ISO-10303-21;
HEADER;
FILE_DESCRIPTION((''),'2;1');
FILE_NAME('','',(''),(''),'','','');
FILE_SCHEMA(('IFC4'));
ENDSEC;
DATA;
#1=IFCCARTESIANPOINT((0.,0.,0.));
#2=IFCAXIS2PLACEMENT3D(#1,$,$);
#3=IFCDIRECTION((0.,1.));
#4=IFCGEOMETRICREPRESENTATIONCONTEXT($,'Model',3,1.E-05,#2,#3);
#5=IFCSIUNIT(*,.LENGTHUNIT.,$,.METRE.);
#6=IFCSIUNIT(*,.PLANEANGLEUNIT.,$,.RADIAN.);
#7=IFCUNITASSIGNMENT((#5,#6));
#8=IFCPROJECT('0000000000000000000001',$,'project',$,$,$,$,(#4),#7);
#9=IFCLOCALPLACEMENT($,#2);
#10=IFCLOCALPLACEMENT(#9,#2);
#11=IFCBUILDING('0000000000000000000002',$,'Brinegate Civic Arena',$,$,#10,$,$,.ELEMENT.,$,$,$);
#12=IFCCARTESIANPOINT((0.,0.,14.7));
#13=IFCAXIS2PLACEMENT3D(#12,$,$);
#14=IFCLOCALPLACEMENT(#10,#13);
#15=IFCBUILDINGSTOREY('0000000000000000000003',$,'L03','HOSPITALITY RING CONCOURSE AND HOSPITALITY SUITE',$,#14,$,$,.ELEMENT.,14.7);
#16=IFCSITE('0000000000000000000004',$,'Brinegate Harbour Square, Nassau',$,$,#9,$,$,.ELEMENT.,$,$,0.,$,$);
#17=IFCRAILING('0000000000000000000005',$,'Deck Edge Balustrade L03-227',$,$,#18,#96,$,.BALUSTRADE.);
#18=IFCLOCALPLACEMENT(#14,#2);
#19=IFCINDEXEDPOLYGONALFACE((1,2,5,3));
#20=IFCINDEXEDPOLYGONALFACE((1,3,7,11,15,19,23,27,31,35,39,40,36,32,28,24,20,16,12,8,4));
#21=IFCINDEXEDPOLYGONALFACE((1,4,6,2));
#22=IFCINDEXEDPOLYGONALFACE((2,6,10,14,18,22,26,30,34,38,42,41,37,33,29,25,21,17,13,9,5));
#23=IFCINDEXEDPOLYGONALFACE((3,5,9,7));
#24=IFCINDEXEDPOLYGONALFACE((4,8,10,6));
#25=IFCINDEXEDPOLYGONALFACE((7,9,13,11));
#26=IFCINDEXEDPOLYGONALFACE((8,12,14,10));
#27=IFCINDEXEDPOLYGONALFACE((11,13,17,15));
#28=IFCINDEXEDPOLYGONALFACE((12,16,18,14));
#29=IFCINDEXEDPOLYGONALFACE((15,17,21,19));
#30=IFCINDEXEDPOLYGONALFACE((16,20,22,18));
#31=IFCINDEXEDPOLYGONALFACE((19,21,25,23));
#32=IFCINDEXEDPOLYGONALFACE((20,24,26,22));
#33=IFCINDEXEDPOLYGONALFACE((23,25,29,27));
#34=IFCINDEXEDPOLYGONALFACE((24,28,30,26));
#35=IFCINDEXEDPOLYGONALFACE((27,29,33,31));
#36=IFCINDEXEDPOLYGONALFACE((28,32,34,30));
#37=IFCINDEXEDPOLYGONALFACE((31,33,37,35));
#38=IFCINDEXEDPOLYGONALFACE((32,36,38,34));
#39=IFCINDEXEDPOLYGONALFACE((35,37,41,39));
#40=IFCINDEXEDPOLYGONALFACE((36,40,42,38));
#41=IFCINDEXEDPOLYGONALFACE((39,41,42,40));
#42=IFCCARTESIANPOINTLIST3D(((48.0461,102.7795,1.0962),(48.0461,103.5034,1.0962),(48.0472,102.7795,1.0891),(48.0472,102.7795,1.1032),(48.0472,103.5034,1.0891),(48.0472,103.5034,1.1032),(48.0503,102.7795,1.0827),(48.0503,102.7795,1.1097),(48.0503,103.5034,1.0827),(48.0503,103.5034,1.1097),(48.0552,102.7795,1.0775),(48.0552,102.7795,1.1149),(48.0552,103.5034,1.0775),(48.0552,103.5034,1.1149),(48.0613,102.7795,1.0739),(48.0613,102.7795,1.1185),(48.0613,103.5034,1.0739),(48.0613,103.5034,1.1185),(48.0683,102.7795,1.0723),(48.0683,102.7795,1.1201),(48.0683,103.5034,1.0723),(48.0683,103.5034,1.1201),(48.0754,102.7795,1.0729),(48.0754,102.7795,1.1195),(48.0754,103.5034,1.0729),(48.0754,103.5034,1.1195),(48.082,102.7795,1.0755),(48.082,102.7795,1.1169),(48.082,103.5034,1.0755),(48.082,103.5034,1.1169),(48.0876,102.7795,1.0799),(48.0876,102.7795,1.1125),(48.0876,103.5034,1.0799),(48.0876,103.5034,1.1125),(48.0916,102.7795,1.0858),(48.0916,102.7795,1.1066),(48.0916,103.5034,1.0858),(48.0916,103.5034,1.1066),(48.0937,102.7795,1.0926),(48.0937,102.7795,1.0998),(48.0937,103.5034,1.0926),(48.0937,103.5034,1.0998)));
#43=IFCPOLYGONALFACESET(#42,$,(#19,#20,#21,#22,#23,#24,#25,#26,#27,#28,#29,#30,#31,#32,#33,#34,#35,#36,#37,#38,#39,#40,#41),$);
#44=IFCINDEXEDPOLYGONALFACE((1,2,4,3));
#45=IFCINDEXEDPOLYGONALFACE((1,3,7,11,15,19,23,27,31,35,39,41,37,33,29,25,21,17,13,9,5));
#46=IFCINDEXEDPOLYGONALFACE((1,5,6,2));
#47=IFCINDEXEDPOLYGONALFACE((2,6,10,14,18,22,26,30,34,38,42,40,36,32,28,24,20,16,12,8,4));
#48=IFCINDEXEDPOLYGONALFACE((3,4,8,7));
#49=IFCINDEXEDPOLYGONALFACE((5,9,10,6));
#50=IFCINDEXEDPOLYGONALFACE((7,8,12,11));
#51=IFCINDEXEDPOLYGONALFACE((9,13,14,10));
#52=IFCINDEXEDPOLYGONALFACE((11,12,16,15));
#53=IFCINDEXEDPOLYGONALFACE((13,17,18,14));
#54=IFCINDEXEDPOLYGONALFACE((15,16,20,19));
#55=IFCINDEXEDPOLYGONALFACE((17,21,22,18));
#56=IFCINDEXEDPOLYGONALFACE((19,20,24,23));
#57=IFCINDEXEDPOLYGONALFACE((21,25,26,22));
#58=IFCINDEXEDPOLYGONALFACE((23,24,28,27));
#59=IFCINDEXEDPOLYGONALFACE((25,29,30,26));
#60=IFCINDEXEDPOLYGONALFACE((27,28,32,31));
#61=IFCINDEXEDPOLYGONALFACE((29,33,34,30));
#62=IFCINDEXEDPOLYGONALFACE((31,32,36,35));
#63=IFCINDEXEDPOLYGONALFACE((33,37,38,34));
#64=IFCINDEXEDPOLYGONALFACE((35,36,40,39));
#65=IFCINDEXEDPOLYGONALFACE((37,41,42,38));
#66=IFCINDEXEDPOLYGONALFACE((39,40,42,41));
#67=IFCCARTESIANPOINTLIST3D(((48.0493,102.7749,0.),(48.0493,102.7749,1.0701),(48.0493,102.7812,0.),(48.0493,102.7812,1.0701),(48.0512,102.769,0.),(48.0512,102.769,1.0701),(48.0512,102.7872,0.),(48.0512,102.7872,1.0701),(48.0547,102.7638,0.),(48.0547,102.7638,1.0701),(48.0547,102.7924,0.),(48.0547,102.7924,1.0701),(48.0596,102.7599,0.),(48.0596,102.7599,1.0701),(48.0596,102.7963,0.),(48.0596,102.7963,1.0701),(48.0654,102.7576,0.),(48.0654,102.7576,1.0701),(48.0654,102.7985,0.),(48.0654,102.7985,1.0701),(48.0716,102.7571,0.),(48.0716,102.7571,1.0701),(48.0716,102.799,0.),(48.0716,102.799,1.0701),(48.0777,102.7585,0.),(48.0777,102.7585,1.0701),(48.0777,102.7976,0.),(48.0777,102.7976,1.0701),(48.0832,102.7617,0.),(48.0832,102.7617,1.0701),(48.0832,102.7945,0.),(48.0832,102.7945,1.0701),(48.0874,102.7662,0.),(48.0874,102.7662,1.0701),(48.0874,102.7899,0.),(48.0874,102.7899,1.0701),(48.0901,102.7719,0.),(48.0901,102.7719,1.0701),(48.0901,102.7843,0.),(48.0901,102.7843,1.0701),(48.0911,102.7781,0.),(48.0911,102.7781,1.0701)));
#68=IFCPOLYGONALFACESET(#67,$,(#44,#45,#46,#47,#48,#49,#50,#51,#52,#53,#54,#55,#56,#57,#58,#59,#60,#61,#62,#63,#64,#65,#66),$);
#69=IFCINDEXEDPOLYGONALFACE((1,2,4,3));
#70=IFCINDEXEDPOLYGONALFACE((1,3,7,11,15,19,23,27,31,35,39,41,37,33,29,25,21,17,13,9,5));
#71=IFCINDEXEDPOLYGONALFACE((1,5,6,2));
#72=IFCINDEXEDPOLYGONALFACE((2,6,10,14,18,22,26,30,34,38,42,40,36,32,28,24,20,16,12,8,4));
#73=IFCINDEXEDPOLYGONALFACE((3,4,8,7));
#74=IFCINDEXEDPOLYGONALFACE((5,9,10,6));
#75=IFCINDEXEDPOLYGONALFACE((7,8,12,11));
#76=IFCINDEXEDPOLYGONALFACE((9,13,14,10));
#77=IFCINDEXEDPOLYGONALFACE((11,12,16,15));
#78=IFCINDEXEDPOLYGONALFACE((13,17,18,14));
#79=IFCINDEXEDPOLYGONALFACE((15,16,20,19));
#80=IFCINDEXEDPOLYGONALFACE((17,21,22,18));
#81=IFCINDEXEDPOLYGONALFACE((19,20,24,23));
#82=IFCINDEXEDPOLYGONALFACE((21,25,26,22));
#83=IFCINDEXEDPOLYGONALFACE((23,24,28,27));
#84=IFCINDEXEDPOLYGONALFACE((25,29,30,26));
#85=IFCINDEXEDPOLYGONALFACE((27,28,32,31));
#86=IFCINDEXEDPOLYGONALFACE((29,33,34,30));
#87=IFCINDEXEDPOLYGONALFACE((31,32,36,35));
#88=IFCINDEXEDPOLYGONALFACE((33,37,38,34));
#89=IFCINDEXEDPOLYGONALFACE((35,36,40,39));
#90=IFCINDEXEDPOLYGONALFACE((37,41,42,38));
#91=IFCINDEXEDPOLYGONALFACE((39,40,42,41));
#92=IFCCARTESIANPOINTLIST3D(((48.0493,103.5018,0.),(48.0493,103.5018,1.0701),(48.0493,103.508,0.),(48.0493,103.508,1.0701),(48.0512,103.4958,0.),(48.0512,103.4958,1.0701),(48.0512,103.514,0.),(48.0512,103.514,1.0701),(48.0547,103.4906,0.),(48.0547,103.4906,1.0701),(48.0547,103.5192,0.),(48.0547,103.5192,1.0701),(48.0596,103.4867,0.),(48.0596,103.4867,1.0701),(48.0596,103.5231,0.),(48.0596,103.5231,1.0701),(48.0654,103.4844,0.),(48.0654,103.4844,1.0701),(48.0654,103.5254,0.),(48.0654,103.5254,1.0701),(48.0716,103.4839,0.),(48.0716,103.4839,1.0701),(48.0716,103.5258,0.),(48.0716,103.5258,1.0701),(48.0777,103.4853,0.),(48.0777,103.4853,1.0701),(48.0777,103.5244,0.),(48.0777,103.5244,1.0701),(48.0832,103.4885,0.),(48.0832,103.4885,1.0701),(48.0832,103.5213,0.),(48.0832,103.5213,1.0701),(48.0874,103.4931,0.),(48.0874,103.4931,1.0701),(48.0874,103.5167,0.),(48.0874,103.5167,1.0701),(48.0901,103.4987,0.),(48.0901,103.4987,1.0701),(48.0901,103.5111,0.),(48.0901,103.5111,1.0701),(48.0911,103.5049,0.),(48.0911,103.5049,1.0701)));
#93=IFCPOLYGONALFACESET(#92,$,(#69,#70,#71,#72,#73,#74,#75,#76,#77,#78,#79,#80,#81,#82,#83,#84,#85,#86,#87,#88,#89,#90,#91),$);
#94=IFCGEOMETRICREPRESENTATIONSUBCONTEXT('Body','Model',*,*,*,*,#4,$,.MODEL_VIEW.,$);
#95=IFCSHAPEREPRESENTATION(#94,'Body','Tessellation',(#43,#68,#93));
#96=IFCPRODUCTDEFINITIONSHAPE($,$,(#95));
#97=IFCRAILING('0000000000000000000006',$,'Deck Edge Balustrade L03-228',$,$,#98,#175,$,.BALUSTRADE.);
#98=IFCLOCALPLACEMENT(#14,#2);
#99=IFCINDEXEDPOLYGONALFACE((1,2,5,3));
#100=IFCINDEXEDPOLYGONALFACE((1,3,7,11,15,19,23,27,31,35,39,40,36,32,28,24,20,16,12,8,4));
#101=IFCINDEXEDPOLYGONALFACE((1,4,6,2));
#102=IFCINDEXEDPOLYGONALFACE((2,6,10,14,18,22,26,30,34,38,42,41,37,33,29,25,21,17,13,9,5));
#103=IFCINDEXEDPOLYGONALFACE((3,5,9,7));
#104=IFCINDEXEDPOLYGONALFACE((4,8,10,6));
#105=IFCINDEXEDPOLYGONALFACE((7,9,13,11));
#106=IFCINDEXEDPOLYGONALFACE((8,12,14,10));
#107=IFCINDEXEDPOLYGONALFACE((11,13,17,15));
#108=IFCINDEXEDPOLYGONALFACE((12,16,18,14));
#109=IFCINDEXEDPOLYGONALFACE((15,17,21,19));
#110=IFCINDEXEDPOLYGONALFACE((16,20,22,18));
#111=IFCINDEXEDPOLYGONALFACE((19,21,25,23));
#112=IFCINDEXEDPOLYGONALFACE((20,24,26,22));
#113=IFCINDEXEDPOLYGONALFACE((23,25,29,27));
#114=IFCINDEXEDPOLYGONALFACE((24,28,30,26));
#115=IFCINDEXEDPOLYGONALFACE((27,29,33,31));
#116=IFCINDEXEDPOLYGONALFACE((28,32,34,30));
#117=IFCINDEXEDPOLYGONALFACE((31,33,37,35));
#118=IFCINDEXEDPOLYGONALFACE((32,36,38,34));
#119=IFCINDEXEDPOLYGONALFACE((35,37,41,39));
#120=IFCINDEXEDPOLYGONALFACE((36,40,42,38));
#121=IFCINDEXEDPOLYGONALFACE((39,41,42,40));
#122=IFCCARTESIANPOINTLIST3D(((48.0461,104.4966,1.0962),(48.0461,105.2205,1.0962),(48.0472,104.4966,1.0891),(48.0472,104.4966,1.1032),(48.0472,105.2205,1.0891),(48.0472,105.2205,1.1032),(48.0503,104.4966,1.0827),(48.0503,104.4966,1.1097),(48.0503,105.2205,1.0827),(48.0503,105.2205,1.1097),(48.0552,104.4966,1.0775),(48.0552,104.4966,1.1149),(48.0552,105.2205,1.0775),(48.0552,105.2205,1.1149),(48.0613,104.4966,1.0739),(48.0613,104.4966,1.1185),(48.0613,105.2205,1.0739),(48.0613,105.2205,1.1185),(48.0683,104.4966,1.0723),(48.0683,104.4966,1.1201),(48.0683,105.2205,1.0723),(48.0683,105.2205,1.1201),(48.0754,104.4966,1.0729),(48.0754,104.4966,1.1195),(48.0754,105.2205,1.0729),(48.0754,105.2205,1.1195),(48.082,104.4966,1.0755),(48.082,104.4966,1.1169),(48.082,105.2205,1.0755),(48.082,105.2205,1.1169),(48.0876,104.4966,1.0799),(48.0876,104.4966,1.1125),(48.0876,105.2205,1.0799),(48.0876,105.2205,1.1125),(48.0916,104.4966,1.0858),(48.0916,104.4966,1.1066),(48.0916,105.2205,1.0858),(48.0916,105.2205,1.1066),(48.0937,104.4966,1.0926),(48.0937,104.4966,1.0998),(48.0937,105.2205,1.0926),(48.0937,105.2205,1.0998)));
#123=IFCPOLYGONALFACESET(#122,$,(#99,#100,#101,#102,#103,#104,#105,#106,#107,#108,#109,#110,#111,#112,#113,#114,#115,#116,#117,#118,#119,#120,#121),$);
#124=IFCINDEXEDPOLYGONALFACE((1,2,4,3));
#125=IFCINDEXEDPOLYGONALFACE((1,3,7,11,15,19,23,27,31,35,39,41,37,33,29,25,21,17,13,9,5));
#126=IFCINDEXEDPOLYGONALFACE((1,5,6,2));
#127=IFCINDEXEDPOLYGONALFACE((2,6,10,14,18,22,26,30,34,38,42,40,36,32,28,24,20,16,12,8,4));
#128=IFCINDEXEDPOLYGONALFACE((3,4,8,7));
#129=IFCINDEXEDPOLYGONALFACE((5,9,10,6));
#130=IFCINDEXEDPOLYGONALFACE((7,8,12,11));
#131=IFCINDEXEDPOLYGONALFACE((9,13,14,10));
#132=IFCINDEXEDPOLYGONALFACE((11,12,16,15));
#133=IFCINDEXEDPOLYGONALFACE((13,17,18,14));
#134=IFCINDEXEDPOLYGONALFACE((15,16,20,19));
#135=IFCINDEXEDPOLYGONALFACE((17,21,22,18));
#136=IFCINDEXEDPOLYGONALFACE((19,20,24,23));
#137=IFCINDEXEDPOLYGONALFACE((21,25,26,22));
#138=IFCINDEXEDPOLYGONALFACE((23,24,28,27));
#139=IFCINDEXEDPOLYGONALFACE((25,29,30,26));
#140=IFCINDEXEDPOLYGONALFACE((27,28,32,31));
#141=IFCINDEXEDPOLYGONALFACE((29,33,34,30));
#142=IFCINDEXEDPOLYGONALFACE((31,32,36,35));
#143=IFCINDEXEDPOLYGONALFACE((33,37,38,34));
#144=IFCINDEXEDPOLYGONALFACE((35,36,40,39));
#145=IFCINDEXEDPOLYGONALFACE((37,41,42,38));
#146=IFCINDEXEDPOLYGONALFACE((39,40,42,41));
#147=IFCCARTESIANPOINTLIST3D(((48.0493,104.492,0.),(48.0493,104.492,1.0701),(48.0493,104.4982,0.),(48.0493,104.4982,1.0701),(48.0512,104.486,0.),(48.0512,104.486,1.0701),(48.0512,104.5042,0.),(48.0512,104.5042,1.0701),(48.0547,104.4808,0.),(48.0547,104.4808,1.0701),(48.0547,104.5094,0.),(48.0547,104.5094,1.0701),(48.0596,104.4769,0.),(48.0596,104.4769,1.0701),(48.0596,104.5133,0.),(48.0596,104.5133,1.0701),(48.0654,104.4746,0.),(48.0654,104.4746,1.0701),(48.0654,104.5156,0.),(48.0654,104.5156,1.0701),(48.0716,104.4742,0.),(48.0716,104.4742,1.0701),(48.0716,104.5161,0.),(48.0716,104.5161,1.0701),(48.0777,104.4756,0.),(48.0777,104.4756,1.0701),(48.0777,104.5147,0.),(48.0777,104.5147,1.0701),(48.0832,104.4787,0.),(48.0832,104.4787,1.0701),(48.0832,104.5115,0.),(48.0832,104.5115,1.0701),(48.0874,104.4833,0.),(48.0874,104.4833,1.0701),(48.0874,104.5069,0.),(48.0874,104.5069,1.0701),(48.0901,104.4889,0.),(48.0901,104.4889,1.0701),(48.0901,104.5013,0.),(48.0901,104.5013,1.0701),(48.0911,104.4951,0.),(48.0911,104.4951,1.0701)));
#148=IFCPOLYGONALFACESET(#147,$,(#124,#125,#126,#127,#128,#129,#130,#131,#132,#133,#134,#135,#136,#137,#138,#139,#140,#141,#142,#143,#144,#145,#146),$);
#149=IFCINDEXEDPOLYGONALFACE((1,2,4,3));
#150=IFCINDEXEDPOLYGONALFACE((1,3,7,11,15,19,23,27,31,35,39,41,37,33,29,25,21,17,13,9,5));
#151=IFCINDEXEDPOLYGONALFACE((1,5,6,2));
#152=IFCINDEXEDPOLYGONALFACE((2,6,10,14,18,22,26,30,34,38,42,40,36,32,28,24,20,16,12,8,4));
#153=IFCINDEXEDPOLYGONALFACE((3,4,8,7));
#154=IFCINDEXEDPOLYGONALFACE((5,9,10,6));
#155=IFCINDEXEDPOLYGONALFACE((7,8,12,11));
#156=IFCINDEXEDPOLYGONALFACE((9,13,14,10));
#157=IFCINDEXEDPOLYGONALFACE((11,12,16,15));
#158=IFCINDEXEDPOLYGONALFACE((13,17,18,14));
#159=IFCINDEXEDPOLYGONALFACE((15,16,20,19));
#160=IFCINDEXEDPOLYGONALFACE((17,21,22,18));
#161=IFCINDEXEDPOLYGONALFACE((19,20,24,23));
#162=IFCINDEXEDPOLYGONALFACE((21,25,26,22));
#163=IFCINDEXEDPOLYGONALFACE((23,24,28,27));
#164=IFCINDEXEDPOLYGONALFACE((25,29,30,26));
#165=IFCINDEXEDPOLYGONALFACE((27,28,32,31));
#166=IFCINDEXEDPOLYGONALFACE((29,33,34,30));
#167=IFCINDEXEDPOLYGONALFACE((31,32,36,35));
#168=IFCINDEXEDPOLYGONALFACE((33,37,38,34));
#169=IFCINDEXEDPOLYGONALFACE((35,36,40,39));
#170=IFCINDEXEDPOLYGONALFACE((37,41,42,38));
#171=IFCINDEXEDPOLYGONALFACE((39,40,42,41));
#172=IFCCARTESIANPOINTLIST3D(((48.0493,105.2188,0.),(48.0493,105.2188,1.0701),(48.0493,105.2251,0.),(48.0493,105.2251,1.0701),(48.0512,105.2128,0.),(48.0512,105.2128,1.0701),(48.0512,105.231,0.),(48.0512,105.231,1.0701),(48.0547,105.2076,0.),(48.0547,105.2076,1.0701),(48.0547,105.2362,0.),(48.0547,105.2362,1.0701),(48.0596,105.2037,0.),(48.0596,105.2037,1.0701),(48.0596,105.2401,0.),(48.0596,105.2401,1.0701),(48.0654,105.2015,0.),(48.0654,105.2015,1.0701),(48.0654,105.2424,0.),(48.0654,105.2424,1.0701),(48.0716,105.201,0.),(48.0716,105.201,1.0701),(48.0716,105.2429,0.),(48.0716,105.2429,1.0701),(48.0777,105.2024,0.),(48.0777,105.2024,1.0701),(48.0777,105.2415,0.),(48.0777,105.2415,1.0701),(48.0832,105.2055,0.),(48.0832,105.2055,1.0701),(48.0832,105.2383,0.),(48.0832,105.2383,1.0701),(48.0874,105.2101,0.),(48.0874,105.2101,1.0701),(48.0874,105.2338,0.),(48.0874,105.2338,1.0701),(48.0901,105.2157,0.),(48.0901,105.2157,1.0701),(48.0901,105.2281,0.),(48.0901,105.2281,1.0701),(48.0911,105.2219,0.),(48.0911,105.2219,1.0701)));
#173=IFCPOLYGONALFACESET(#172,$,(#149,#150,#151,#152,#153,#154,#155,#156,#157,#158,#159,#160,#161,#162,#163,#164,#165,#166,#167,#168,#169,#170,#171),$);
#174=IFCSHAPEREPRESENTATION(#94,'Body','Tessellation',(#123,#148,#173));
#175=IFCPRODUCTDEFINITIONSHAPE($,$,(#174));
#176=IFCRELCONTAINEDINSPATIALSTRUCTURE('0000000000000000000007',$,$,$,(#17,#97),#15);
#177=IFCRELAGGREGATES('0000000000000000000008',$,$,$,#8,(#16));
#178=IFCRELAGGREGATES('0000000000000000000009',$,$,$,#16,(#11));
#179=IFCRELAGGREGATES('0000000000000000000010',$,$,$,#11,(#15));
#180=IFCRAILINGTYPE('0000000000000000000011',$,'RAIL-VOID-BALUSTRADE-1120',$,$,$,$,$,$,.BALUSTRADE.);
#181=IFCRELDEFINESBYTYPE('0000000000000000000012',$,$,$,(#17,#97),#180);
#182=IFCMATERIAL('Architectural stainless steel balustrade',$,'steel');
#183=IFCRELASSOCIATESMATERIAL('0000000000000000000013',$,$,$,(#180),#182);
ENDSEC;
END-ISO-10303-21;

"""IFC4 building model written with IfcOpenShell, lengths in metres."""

from ifc_helpers import new_model, si_unit, direction, frame, origin, origin_2d, place, context, subcontext, project, spatial, circle, extrude, material, type_object, element, save


model = new_model("IFC4")

# Units and contexts
model_context = context("Model", 3, precision=1e-05, world=origin(), true_north=direction((0.0, 1.0)))
body_context = subcontext(model_context, "Body", "Model", "MODEL_VIEW")
ifc_project = project(units=[si_unit("LENGTHUNIT", "METRE"), si_unit("PLANEANGLEUNIT", "RADIAN")], contexts=[model_context])

# Site, building, storey
site_placement = place(None, origin())
site = spatial("IfcSite", under=ifc_project, at=site_placement, Name="Brinegate Harbour Square, Nassau", CompositionType="ELEMENT", RefElevation=0.0)
building_placement = place(site_placement, origin())
building = spatial("IfcBuilding", under=site, at=building_placement, Name="Brinegate Civic Arena", CompositionType="ELEMENT")
storey_placement = place(building_placement, frame((0.0, 0.0, 14.7)))
storey = spatial("IfcBuildingStorey", under=building, at=storey_placement, Name="L03", Description="HOSPITALITY RING CONCOURSE AND HOSPITALITY SUITE", CompositionType="ELEMENT", Elevation=14.7)

# Railings
ifc_material_1 = material(Name="Architectural stainless steel balustrade", Category="steel")
railing_type = type_object("IfcRailingType", Name="RAIL-VOID-BALUSTRADE-1120", PredefinedType="BALUSTRADE", material=ifc_material_1)
for number, where, name in (
    (1, (48.0701, 102.7781, 0.0), "Deck Edge Balustrade L03-227"),
    (2, (48.0701, 104.4951, 0.0), "Deck Edge Balustrade L03-228"),
):
    element("IfcRailing", number, at=place(storey_placement, frame(where)), inside=storey, type_object=railing_type, Name=name, PredefinedType="BALUSTRADE", context=body_context, shape_type="SweptSolid", body=[
        extrude(circle(Radius=0.0239, at=origin_2d()), frame((0.0, 0.0015, 1.0962), z_axis=(0.0, 1.0, 0.0), x_axis=(-1.0, 0.0, 0.0)), (0.0, 0.0, 1.0), 0.7239),
        extrude(circle(Radius=0.021, at=origin_2d()), origin(), (0.0, 0.0, 1.0), 1.0701),
        extrude(circle(Radius=0.021, at=origin_2d()), frame((0.0, 0.7268, 0.0)), (0.0, 0.0, 1.0), 1.0701),
    ])

save(model, "model.ifc")
